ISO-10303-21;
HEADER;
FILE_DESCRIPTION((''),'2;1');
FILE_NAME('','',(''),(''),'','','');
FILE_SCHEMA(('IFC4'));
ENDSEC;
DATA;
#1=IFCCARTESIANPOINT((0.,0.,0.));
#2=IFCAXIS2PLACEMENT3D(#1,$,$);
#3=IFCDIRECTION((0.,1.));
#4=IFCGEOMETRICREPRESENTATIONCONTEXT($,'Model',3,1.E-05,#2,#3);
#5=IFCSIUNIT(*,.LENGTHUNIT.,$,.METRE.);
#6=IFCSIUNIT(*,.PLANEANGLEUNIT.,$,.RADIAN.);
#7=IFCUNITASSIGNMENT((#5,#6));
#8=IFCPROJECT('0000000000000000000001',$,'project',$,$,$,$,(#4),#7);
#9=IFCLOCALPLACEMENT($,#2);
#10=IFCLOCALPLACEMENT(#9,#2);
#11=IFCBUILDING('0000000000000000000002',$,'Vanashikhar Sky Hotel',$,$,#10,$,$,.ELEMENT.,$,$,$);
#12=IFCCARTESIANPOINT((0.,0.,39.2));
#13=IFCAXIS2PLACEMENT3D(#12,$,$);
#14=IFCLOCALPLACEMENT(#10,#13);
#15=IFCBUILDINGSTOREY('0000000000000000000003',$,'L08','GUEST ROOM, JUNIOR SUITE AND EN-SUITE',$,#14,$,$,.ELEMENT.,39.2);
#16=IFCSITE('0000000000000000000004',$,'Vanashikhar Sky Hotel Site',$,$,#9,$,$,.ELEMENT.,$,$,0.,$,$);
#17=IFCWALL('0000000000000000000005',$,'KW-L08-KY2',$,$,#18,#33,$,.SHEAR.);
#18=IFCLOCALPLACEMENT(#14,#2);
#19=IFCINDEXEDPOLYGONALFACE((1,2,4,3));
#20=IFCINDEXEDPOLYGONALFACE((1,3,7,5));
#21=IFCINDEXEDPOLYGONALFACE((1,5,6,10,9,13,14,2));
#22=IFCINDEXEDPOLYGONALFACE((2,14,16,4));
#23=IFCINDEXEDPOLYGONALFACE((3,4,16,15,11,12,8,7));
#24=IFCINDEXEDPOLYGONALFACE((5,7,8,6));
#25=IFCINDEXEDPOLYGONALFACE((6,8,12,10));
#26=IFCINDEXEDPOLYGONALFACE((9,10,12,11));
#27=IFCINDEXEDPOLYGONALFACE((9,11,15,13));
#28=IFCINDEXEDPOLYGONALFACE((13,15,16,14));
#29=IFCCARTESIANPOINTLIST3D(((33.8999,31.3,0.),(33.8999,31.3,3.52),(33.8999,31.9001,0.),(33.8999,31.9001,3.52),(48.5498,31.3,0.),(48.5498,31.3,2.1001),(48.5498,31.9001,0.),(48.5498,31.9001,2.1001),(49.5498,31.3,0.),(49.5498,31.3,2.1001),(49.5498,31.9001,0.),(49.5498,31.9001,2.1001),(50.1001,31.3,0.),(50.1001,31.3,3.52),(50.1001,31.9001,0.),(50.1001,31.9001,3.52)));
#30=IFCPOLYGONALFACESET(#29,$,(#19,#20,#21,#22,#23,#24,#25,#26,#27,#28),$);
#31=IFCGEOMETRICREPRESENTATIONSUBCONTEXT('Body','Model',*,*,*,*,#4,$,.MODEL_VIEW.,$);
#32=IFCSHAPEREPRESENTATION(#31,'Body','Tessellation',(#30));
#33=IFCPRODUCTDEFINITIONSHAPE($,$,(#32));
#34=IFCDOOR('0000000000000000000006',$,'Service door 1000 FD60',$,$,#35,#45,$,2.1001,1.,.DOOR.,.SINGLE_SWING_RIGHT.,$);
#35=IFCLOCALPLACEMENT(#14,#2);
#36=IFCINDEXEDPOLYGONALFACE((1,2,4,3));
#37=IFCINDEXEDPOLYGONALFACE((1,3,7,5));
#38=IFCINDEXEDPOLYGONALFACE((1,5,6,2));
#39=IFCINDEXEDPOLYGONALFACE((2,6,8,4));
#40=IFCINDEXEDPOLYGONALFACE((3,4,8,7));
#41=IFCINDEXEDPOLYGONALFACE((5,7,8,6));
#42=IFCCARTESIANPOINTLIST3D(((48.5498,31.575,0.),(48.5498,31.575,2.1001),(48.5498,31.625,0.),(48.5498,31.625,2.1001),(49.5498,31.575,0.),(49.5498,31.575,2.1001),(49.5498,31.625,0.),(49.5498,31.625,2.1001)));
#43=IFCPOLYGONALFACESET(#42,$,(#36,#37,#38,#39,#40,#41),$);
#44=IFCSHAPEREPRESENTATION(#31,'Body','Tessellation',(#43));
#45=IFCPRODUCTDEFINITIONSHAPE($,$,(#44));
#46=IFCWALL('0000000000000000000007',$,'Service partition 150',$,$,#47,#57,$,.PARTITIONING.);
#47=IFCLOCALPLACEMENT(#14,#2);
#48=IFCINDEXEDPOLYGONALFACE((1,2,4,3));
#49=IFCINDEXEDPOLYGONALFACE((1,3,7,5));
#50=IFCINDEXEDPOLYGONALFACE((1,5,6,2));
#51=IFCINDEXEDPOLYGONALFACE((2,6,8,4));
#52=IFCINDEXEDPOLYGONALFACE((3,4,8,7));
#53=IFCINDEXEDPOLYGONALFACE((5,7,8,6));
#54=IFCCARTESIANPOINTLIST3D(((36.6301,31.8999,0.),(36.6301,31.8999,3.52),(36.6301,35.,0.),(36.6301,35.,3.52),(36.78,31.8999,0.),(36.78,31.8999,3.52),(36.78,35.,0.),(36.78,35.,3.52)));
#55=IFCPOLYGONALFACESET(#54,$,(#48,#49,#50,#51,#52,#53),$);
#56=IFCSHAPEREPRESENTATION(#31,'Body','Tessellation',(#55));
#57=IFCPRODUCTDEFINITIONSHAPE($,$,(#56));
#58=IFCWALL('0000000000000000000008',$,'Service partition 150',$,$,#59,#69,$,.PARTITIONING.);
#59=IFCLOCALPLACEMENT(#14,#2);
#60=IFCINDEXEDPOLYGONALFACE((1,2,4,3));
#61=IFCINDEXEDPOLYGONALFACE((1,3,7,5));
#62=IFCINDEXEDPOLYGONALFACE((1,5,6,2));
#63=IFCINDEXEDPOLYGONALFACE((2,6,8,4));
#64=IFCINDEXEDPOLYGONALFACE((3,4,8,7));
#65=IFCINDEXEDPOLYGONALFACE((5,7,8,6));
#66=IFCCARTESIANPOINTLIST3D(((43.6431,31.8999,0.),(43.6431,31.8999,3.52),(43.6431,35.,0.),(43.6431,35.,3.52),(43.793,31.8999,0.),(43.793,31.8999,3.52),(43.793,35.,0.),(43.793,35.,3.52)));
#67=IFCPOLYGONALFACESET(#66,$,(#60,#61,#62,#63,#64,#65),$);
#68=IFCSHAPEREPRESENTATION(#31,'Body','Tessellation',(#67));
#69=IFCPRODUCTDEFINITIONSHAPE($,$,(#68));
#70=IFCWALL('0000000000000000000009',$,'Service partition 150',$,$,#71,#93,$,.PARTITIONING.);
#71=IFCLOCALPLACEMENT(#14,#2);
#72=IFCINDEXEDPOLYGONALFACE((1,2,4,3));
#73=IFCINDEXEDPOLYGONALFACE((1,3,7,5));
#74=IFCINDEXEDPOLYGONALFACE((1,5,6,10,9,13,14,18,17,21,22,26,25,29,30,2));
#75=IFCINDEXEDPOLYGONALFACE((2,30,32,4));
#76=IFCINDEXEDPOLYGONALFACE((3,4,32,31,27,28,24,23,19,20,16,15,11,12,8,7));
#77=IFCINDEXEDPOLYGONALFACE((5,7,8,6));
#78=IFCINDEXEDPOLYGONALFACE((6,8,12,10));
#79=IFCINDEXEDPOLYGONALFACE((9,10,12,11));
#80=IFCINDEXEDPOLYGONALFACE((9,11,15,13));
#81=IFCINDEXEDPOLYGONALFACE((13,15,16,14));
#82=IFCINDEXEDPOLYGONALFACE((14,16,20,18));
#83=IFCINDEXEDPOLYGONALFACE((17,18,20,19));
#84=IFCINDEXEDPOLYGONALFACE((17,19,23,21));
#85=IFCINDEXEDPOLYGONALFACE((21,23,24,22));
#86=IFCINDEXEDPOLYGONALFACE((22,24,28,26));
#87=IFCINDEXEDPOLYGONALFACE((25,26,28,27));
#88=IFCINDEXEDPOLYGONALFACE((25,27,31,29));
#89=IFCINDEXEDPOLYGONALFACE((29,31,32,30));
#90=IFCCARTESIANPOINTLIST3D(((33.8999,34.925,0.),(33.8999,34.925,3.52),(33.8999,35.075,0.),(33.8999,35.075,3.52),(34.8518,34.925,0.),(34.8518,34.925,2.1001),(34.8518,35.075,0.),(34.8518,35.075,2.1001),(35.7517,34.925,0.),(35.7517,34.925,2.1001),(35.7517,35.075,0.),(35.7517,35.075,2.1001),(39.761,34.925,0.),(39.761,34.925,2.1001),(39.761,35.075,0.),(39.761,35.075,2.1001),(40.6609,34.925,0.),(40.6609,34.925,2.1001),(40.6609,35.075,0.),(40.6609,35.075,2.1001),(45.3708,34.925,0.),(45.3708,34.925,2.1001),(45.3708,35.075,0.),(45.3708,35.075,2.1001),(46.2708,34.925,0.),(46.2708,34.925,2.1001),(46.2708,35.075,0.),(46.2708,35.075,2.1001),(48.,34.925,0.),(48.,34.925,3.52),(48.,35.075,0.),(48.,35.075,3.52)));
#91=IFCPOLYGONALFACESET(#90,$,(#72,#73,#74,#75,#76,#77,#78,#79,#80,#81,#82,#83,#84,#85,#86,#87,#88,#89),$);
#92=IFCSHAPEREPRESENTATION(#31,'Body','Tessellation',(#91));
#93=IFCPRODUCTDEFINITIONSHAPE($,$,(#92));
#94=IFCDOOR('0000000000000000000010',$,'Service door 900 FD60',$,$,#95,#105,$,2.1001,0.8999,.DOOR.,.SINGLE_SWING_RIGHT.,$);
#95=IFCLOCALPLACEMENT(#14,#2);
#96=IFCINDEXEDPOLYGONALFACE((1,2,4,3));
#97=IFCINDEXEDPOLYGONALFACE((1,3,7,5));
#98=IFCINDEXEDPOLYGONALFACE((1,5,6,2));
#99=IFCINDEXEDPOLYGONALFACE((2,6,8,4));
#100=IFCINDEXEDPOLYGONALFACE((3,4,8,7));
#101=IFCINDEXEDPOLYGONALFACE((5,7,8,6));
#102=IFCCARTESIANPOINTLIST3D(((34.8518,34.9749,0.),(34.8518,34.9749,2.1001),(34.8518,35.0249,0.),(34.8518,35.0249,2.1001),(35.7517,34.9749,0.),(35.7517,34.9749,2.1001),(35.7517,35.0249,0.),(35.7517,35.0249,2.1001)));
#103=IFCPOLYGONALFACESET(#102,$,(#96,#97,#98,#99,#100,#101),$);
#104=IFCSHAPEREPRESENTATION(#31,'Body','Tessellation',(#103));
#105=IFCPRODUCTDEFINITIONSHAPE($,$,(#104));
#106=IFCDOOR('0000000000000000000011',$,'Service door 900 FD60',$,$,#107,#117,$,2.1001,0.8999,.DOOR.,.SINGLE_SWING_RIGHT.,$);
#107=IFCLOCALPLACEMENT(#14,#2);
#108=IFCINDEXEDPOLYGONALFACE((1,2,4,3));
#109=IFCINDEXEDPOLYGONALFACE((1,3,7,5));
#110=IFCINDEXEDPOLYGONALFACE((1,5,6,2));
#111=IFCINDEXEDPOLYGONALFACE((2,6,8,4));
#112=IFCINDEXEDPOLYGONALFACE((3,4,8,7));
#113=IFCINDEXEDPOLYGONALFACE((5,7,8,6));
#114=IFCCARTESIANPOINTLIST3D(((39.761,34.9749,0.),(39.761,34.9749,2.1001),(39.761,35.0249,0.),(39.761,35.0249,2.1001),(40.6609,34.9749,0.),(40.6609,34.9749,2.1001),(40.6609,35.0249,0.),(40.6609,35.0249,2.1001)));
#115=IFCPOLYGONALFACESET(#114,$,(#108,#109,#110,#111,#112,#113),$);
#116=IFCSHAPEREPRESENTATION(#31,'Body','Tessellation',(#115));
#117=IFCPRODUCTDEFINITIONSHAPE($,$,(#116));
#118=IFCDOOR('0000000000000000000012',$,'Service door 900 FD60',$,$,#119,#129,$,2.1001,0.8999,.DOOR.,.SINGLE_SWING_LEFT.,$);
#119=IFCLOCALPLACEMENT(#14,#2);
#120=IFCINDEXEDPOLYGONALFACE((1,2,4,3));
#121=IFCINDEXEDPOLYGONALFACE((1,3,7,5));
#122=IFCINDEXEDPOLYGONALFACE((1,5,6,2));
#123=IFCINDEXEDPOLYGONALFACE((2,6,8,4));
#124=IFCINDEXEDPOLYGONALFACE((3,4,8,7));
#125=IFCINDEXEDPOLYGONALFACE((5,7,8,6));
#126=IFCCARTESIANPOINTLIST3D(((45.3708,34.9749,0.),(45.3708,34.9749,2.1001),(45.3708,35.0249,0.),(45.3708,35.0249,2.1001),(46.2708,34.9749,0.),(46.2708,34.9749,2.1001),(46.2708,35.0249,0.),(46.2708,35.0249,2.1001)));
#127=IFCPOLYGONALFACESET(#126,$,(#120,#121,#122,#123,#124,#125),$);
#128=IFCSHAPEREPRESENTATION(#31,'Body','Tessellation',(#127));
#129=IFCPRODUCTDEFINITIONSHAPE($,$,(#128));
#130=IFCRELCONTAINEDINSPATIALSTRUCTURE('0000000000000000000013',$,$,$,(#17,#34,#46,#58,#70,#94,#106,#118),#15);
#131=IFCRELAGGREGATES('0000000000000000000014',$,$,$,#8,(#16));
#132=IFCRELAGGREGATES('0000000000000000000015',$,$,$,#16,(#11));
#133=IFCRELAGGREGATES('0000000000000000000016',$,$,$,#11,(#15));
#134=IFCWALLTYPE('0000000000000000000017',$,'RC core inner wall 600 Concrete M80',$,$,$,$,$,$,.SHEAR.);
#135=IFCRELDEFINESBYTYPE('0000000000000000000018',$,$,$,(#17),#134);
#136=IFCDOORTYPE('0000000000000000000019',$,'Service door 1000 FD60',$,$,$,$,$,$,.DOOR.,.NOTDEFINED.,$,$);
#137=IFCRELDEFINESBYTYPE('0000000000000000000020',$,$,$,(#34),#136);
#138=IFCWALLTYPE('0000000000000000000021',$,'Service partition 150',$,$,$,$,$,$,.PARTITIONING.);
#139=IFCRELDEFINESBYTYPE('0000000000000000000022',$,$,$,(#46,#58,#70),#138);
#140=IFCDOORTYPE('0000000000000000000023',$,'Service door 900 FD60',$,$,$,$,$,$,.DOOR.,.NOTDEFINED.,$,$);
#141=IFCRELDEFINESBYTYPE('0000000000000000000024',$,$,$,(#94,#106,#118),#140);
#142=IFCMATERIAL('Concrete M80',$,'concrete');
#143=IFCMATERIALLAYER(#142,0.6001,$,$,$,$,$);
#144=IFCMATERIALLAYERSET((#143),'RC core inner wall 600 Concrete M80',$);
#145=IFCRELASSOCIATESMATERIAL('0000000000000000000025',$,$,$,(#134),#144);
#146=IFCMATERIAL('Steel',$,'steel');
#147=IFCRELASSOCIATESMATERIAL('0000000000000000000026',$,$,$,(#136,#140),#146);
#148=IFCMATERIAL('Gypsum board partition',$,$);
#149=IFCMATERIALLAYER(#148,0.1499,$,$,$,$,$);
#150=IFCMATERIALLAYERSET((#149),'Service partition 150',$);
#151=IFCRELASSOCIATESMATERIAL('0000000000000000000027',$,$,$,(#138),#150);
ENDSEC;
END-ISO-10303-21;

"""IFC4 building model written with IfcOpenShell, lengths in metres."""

from ifc_helpers import new_model, si_unit, direction, frame, frame_2d, origin, place, context, subcontext, project, spatial, rectangle, extrude, source, transform, mapped, material, layer, layer_set, type_object, element, fill, save


model = new_model("IFC4")

# Units and contexts
model_context = context("Model", 3, precision=1e-05, world=origin(), true_north=direction((0.0, 1.0)))
body_context = subcontext(model_context, "Body", "Model", "MODEL_VIEW")
ifc_project = project(units=[si_unit("LENGTHUNIT", "METRE"), si_unit("PLANEANGLEUNIT", "RADIAN")], contexts=[model_context])

# Site, building, storey
site_placement = place(None, origin())
site = spatial("IfcSite", under=ifc_project, at=site_placement, Name="Vanashikhar Sky Hotel Site", CompositionType="ELEMENT", RefElevation=0.0)
building_placement = place(site_placement, origin())
building = spatial("IfcBuilding", under=site, at=building_placement, Name="Vanashikhar Sky Hotel", CompositionType="ELEMENT")
storey_placement = place(building_placement, frame((0.0, 0.0, 39.2)))
storey = spatial("IfcBuildingStorey", under=building, at=storey_placement, Name="L08", Description="GUEST ROOM, JUNIOR SUITE AND EN-SUITE", CompositionType="ELEMENT", Elevation=39.2)

# Wall, opening, door
ifc_material_1 = material(Name="Concrete M80", Category="concrete")
ifc_layer_1 = layer(ifc_material_1, 0.6001)
ifc_layer_set_1 = layer_set([ifc_layer_1], Name="RC core inner wall 600 Concrete M80")
wall_type_1 = type_object("IfcWallType", Name="RC core inner wall 600 Concrete M80", PredefinedType="SHEAR", material=ifc_layer_set_1)
shared_shape_1 = source(origin(), body_context, "Body", "SweptSolid", [
    extrude(rectangle(XDim=16.2002, YDim=0.6001, at=frame_2d((8.1001, 0.0))), origin(), (0.0, 0.0, 1.0), 3.52),
])
wall_1_placement = place(storey_placement, frame((33.8999, 31.6001, 0.0), z_axis=(0.0, 0.0, 1.0), x_axis=(1.0, 0.0, 0.0)))
wall_1 = element("IfcWall", 1, at=wall_1_placement, inside=storey, type_object=wall_type_1, Name="KW-L08-KY2", PredefinedType="SHEAR", context=body_context, shape_type="MappedRepresentation", body=[
    mapped(shared_shape_1, transform((0.0, 0.0, 0.0), scale=1.0)),
])
shared_shape_2 = source(origin(), body_context, "Body", "SweptSolid", [
    extrude(rectangle(XDim=1.0, YDim=2.1001, at=frame_2d((0.5, 1.05))), frame((0.0, 0.3101, 0.0), z_axis=(0.0, -1.0, 0.0), x_axis=(1.0, 0.0, 0.0)), (0.0, 0.0, 1.0), 0.6201),
])
opening_1_placement = place(wall_1_placement, frame((14.6499, 0.0, 0.0)))
opening_1 = element("IfcOpeningElement", 2, at=opening_1_placement, cuts=wall_1, PredefinedType="OPENING", context=body_context, shape_type="MappedRepresentation", body=[
    mapped(shared_shape_2, transform((0.0, 0.0, 0.0), scale=1.0)),
])
ifc_material_2 = material(Name="Steel", Category="steel")
door_type_1 = type_object("IfcDoorType", Name="Service door 1000 FD60", OperationType="NOTDEFINED", PredefinedType="DOOR", material=ifc_material_2)
shared_shape_3 = source(origin(), body_context, "Body", "SweptSolid", [
    extrude(rectangle(XDim=1.0, YDim=2.1001, at=frame_2d((0.5, 1.05))), frame((0.0, 0.0249, 0.0), z_axis=(0.0, -1.0, 0.0), x_axis=(1.0, 0.0, 0.0)), (0.0, 0.0, 1.0), 0.05),
])
door_1_placement = place(opening_1_placement, origin())
door_1 = element("IfcDoor", 3, at=door_1_placement, inside=storey, type_object=door_type_1, Name="Service door 1000 FD60", OperationType="SINGLE_SWING_RIGHT", OverallHeight=2.1001, OverallWidth=1.0, PredefinedType="DOOR", context=body_context, shape_type="MappedRepresentation", body=[
    mapped(shared_shape_3, transform((0.0, 0.0, 0.0), scale=1.0)),
])
fill(opening_1, door_1)

# Walls
ifc_material_3 = material(Name="Gypsum board partition")
ifc_layer_2 = layer(ifc_material_3, 0.1499)
ifc_layer_set_2 = layer_set([ifc_layer_2], Name="Service partition 150")
wall_type_2 = type_object("IfcWallType", Name="Service partition 150", PredefinedType="PARTITIONING", material=ifc_layer_set_2)
shared_shape_4 = source(origin(), body_context, "Body", "SweptSolid", [
    extrude(rectangle(XDim=3.1001, YDim=0.1499, at=frame_2d((1.55, 0.0))), origin(), (0.0, 0.0, 1.0), 3.52),
])
for number, where, z_axis, x_axis, name in (
    (4, (36.7051, 31.8999, 0.0), (0.0, 0.0, 1.0), (0.0, 1.0, 0.0), "Service partition 150"),
    (5, (43.718, 31.8999, 0.0), (0.0, 0.0, 1.0), (0.0, 1.0, 0.0), "Service partition 150"),
):
    element("IfcWall", number, at=place(storey_placement, frame(where, z_axis=z_axis, x_axis=x_axis)), inside=storey, type_object=wall_type_2, Name=name, PredefinedType="PARTITIONING", context=body_context, shape_type="MappedRepresentation", body=[
        mapped(shared_shape_4, transform((0.0, 0.0, 0.0), scale=1.0)),
    ])

# Wall, openings, doors
shared_shape_5 = source(origin(), body_context, "Body", "SweptSolid", [
    extrude(rectangle(XDim=14.1001, YDim=0.1499, at=frame_2d((7.05, 0.0))), origin(), (0.0, 0.0, 1.0), 3.52),
])
wall_2_placement = place(storey_placement, frame((33.8999, 35.0, 0.0), z_axis=(0.0, 0.0, 1.0), x_axis=(1.0, 0.0, 0.0)))
wall_2 = element("IfcWall", 6, at=wall_2_placement, inside=storey, type_object=wall_type_2, Name="Service partition 150", PredefinedType="PARTITIONING", context=body_context, shape_type="MappedRepresentation", body=[
    mapped(shared_shape_5, transform((0.0, 0.0, 0.0), scale=1.0)),
])
shared_shape_6 = source(origin(), body_context, "Body", "SweptSolid", [
    extrude(rectangle(XDim=0.8999, YDim=2.1001, at=frame_2d((0.45, 1.05))), frame((0.0, 0.085, 0.0), z_axis=(0.0, -1.0, 0.0), x_axis=(1.0, 0.0, 0.0)), (0.0, 0.0, 1.0), 0.1699),
])
opening_2_placement = place(wall_2_placement, frame((0.9519, 0.0, 0.0)))
opening_2 = element("IfcOpeningElement", 7, at=opening_2_placement, cuts=wall_2, PredefinedType="OPENING", context=body_context, shape_type="MappedRepresentation", body=[
    mapped(shared_shape_6, transform((0.0, 0.0, 0.0), scale=1.0)),
])
opening_3_placement = place(wall_2_placement, frame((5.8611, 0.0, 0.0)))
opening_3 = element("IfcOpeningElement", 8, at=opening_3_placement, cuts=wall_2, PredefinedType="OPENING", context=body_context, shape_type="MappedRepresentation", body=[
    mapped(shared_shape_6, transform((0.0, 0.0, 0.0), scale=1.0)),
])
opening_4_placement = place(wall_2_placement, frame((11.4709, 0.0, 0.0)))
opening_4 = element("IfcOpeningElement", 9, at=opening_4_placement, cuts=wall_2, PredefinedType="OPENING", context=body_context, shape_type="MappedRepresentation", body=[
    mapped(shared_shape_6, transform((0.0, 0.0, 0.0), scale=1.0)),
])
door_type_2 = type_object("IfcDoorType", Name="Service door 900 FD60", OperationType="NOTDEFINED", PredefinedType="DOOR", material=ifc_material_2)
shared_shape_7 = source(origin(), body_context, "Body", "SweptSolid", [
    extrude(rectangle(XDim=0.8999, YDim=2.1001, at=frame_2d((0.45, 1.05))), frame((0.0, 0.0249, 0.0), z_axis=(0.0, -1.0, 0.0), x_axis=(1.0, 0.0, 0.0)), (0.0, 0.0, 1.0), 0.05),
])
door_2_placement = place(opening_2_placement, origin())
door_2 = element("IfcDoor", 10, at=door_2_placement, inside=storey, type_object=door_type_2, Name="Service door 900 FD60", OperationType="SINGLE_SWING_RIGHT", OverallHeight=2.1001, OverallWidth=0.8999, PredefinedType="DOOR", context=body_context, shape_type="MappedRepresentation", body=[
    mapped(shared_shape_7, transform((0.0, 0.0, 0.0), scale=1.0)),
])
fill(opening_2, door_2)
door_3_placement = place(opening_3_placement, origin())
door_3 = element("IfcDoor", 11, at=door_3_placement, inside=storey, type_object=door_type_2, Name="Service door 900 FD60", OperationType="SINGLE_SWING_RIGHT", OverallHeight=2.1001, OverallWidth=0.8999, PredefinedType="DOOR", context=body_context, shape_type="MappedRepresentation", body=[
    mapped(shared_shape_7, transform((0.0, 0.0, 0.0), scale=1.0)),
])
fill(opening_3, door_3)
door_4_placement = place(opening_4_placement, origin())
door_4 = element("IfcDoor", 12, at=door_4_placement, inside=storey, type_object=door_type_2, Name="Service door 900 FD60", OperationType="SINGLE_SWING_LEFT", OverallHeight=2.1001, OverallWidth=0.8999, PredefinedType="DOOR", context=body_context, shape_type="MappedRepresentation", body=[
    mapped(shared_shape_7, transform((0.0, 0.0, 0.0), scale=1.0)),
])
fill(opening_4, door_4)

save(model, "model.ifc")
